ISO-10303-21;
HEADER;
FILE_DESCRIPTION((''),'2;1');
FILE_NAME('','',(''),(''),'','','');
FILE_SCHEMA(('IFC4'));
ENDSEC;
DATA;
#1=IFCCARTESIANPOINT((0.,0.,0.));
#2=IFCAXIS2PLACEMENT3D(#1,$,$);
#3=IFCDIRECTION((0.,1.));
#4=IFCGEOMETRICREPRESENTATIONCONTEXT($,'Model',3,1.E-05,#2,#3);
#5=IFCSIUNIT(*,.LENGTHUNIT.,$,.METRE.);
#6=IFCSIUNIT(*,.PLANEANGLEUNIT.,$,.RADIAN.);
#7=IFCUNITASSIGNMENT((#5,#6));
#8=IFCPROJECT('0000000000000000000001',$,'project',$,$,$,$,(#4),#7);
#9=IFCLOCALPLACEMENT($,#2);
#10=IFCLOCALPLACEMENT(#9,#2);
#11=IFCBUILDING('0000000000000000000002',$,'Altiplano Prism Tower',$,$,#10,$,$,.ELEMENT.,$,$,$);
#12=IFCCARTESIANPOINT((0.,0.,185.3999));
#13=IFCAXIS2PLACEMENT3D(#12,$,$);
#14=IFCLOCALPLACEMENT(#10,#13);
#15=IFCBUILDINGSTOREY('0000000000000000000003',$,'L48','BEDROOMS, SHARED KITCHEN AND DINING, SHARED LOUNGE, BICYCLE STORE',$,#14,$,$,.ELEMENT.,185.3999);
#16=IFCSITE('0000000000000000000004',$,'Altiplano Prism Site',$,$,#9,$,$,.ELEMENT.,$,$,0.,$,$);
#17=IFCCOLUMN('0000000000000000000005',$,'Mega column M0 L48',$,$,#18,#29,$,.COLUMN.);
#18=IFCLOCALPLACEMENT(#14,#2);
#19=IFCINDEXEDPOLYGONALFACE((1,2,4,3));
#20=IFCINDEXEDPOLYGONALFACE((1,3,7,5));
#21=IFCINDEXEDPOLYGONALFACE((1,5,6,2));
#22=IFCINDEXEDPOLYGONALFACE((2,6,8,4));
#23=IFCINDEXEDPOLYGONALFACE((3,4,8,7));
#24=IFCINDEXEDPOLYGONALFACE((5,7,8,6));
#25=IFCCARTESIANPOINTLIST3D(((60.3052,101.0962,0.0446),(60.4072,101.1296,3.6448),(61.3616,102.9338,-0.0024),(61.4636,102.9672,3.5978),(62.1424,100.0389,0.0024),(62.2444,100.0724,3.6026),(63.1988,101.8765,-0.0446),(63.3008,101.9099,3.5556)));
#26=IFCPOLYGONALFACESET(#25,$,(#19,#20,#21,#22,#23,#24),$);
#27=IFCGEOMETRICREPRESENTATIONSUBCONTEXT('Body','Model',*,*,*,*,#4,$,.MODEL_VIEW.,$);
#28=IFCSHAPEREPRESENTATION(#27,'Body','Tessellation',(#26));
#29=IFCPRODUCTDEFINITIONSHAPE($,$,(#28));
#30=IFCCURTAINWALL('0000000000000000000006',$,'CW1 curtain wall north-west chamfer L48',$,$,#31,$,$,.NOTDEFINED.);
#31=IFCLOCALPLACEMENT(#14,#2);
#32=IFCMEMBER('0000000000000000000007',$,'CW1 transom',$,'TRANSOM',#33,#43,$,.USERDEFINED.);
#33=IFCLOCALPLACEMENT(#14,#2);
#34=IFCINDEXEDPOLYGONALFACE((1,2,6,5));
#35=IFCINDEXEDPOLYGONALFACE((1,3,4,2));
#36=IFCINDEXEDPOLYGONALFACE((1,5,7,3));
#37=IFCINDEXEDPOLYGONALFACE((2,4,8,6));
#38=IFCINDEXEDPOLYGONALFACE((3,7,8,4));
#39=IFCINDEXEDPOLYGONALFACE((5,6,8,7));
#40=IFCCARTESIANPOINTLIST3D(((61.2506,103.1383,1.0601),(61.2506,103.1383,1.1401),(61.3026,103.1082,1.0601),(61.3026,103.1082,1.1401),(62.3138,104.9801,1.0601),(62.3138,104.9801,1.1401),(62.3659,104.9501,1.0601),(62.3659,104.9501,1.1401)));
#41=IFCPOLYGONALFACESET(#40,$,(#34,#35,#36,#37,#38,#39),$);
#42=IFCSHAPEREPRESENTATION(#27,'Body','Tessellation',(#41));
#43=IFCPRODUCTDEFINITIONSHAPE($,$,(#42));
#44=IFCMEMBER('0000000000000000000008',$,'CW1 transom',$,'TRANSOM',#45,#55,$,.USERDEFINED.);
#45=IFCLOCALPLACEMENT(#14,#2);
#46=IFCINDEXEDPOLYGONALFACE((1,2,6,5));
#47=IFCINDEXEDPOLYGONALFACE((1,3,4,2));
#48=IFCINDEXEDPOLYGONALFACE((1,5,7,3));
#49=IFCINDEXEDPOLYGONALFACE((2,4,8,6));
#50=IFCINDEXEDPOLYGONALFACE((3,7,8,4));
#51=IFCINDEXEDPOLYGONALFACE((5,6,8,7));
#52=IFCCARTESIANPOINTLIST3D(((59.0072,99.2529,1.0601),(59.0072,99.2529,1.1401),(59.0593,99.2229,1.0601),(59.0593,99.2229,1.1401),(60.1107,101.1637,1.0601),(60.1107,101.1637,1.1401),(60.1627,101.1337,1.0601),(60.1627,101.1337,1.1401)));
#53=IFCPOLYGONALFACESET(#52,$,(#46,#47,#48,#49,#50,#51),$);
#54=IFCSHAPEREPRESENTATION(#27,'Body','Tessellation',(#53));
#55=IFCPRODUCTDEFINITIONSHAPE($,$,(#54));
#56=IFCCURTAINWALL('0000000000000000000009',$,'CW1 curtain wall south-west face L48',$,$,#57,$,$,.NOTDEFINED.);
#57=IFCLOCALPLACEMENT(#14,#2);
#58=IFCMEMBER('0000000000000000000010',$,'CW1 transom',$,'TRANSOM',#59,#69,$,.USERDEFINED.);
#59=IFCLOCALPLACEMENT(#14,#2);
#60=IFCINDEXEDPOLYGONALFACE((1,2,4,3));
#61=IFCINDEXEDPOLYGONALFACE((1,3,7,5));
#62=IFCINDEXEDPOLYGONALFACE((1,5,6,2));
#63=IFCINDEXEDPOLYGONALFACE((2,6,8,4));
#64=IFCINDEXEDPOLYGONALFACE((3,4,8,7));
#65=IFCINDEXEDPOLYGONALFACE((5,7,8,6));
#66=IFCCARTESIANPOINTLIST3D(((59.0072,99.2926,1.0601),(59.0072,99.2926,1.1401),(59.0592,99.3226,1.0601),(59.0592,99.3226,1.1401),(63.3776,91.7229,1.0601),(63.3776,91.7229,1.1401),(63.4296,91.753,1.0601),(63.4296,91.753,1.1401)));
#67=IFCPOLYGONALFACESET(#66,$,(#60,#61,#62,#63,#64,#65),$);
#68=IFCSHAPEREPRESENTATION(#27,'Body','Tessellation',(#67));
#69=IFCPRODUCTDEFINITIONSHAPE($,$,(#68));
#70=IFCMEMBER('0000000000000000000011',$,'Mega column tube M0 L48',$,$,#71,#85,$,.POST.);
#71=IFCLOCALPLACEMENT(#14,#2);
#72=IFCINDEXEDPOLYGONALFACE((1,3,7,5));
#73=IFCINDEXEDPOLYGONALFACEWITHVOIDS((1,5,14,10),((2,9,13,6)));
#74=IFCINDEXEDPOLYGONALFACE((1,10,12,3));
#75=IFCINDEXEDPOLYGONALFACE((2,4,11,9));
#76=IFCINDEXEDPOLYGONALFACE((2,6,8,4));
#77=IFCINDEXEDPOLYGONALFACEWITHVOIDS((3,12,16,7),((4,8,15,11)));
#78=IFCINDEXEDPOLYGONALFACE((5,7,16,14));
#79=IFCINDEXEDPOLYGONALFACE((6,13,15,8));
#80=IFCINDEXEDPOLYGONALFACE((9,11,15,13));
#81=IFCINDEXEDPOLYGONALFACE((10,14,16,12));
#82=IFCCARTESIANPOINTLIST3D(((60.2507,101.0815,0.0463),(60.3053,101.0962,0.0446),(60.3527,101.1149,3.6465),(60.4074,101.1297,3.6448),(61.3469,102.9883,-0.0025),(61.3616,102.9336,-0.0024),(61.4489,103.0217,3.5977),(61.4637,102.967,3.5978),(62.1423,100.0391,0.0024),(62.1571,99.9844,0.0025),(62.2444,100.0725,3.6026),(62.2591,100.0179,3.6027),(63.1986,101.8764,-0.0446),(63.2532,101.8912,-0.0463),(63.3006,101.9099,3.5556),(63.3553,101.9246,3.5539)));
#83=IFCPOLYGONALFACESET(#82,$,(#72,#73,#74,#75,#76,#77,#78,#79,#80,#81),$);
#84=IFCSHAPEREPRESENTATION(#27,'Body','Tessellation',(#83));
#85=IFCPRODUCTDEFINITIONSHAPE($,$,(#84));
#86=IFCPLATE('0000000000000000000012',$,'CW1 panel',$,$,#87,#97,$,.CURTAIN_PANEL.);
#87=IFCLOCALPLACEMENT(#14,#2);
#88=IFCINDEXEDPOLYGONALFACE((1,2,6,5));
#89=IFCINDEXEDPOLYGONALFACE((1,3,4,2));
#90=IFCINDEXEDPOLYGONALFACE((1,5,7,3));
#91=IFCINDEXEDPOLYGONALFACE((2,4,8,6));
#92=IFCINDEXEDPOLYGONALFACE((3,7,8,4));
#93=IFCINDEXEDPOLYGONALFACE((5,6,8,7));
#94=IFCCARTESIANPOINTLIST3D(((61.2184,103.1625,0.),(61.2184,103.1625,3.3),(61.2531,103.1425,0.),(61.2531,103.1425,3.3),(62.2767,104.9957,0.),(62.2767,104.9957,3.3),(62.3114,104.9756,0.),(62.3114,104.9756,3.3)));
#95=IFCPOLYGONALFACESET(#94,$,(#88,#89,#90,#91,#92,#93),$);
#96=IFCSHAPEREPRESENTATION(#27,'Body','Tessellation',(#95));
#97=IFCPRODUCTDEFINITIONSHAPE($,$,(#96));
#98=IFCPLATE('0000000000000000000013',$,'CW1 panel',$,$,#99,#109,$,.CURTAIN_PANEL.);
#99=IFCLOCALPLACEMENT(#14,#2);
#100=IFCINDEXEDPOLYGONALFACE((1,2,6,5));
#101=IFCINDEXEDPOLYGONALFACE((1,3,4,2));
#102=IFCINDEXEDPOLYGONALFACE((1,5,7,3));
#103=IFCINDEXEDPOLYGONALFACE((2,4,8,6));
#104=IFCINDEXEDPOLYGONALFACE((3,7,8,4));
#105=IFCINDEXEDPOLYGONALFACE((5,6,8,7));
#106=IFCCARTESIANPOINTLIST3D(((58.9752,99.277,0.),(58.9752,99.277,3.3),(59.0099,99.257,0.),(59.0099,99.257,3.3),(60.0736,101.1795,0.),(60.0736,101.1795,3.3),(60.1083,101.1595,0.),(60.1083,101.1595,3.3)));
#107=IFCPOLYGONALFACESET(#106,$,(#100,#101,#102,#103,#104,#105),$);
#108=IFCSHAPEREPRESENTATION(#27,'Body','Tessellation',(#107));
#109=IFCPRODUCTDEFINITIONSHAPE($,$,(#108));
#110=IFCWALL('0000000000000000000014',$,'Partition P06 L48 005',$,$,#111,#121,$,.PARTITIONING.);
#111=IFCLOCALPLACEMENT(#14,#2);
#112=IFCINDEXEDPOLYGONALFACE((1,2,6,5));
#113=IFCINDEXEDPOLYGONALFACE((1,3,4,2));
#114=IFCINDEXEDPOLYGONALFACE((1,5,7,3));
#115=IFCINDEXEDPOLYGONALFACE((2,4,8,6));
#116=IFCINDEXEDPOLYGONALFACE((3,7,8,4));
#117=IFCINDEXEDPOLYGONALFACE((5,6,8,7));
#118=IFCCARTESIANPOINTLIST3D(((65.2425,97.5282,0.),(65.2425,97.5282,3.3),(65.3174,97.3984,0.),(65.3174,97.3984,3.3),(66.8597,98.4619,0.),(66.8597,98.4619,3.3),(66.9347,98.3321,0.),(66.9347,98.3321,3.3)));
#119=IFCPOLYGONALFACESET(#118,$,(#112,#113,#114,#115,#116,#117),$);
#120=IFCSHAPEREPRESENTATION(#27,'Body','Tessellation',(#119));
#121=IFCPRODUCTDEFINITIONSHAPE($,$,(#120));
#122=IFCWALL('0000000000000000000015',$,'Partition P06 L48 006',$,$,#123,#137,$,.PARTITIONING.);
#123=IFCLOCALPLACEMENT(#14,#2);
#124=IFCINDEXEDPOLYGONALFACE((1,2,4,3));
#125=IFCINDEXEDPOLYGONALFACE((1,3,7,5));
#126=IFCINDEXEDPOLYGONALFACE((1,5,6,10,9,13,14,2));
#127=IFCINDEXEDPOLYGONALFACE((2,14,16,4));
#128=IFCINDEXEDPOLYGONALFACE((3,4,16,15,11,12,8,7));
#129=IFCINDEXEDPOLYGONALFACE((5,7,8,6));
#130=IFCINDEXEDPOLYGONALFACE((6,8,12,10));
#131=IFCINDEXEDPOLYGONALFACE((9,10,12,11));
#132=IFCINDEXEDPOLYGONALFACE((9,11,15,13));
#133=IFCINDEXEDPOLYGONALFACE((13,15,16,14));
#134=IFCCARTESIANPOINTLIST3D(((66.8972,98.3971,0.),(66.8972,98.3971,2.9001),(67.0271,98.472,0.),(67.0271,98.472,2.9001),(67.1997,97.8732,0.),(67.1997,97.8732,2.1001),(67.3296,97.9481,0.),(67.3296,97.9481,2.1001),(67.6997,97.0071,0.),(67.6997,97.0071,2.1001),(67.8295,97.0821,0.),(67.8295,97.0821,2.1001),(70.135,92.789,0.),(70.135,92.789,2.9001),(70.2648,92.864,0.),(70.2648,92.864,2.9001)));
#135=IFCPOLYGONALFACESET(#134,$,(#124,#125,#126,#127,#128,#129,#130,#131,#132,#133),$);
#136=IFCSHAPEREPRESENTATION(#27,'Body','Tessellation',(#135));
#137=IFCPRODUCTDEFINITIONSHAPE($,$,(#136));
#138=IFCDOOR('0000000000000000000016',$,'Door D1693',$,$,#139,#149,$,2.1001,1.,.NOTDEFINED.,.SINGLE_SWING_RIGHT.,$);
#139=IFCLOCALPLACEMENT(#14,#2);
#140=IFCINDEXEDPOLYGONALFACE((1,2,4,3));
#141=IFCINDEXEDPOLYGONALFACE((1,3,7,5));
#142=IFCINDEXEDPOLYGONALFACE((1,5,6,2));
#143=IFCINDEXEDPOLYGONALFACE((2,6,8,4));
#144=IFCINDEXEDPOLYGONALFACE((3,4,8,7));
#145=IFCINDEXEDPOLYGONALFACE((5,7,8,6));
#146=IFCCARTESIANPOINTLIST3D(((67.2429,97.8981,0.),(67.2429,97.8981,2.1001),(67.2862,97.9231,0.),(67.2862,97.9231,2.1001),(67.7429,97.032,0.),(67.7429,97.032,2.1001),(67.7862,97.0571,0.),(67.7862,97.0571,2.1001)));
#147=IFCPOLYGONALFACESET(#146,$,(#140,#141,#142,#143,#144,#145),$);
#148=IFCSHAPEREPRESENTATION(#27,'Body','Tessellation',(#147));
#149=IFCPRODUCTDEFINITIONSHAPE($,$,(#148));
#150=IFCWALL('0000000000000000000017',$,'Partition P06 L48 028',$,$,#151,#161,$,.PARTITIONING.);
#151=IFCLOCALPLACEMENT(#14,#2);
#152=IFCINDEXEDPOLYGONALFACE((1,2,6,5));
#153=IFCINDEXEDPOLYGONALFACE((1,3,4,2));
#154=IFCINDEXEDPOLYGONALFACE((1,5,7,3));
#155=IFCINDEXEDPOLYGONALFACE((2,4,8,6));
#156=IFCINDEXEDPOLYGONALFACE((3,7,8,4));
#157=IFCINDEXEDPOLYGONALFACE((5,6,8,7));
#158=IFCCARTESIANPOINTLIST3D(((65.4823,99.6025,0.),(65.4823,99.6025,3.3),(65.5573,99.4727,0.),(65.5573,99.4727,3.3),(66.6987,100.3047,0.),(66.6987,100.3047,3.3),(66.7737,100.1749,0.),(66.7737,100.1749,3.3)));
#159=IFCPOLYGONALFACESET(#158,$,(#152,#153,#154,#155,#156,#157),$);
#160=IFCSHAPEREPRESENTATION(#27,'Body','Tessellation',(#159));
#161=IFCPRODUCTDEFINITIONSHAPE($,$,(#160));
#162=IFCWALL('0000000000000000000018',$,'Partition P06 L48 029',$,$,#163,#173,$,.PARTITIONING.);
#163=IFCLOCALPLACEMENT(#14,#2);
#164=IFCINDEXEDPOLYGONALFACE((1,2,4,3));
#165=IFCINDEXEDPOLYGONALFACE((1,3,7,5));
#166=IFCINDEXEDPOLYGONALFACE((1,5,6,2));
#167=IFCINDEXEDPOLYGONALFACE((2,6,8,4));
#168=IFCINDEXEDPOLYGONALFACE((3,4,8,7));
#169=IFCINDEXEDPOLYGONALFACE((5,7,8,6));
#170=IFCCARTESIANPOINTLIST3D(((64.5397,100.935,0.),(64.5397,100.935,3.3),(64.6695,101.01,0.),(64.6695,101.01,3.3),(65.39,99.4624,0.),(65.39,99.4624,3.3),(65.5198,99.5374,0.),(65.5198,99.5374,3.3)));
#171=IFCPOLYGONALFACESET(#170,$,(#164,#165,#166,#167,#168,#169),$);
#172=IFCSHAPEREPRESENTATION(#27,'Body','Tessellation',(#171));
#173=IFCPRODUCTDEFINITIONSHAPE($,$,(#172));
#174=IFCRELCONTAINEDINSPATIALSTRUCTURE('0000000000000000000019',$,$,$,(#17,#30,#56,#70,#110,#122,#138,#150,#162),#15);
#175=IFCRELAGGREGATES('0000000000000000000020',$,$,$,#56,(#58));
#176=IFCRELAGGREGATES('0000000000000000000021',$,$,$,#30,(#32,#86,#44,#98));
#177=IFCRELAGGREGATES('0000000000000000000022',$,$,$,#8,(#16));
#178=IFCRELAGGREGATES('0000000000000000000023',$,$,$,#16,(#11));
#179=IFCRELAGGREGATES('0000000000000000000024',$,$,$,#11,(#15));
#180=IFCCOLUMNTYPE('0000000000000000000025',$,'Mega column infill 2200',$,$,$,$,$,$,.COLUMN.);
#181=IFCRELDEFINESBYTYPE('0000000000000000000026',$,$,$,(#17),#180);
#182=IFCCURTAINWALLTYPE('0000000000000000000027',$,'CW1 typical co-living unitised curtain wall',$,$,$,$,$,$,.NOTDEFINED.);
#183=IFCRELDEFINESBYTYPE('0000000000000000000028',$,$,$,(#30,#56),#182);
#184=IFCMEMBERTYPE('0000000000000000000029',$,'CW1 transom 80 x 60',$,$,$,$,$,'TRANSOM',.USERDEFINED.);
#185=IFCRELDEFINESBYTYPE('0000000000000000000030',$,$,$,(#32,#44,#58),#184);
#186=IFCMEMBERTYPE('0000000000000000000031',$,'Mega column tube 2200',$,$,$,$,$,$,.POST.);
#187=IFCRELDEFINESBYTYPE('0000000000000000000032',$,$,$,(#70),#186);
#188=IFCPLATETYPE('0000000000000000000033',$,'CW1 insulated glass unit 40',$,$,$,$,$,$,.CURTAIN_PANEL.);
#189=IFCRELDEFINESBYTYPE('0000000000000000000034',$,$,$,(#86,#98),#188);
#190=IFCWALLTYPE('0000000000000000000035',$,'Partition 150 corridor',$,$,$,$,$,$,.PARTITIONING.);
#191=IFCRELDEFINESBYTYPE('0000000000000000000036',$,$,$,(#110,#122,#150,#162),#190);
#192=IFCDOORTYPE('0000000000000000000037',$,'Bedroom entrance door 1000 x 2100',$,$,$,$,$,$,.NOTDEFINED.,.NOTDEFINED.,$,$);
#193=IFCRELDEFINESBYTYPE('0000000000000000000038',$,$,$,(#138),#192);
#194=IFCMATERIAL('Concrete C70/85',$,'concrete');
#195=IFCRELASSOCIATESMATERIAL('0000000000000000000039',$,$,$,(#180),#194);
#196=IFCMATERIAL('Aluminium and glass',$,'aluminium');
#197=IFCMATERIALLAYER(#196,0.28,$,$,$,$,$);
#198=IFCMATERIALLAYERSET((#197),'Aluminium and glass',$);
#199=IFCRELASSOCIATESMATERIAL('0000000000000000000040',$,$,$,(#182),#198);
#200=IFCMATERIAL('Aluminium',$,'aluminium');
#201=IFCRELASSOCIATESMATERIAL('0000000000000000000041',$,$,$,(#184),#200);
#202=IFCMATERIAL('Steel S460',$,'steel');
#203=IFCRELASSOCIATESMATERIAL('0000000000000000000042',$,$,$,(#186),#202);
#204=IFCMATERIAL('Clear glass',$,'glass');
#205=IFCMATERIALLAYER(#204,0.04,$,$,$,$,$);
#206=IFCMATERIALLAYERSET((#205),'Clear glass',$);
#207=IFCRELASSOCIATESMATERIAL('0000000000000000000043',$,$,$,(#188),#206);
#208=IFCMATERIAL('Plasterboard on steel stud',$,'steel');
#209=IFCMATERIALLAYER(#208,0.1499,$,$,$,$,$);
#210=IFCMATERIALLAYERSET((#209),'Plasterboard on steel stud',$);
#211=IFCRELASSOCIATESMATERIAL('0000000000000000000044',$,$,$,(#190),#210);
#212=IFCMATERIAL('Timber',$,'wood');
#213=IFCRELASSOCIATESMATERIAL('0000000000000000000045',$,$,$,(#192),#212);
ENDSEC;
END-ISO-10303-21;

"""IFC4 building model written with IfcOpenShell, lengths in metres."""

from ifc_helpers import new_model, si_unit, direction, frame, frame_2d, origin, origin_2d, place, context, subcontext, project, spatial, rectangle, hollow_rectangle, extrude, material, layer, layer_set, material_profile, profile_set, type_object, element, fill, aggregate, save


model = new_model("IFC4")

# Units and contexts
model_context = context("Model", 3, precision=1e-05, world=origin(), true_north=direction((0.0, 1.0)))
body_context = subcontext(model_context, "Body", "Model", "MODEL_VIEW")
ifc_project = project(units=[si_unit("LENGTHUNIT", "METRE"), si_unit("PLANEANGLEUNIT", "RADIAN")], contexts=[model_context])

# Site, building, storey
site_placement = place(None, origin())
site = spatial("IfcSite", under=ifc_project, at=site_placement, Name="Altiplano Prism Site", CompositionType="ELEMENT", RefElevation=0.0)
building_placement = place(site_placement, origin())
building = spatial("IfcBuilding", under=site, at=building_placement, Name="Altiplano Prism Tower", CompositionType="ELEMENT")
storey_placement = place(building_placement, frame((0.0, 0.0, 185.3999)))
storey = spatial("IfcBuildingStorey", under=building, at=storey_placement, Name="L48", Description="BEDROOMS, SHARED KITCHEN AND DINING, SHARED LOUNGE, BICYCLE STORE", CompositionType="ELEMENT", Elevation=185.3999)

# Column
ifc_material_1 = material(Name="Concrete C70/85", Category="concrete")
ifc_material_profile_1 = material_profile(ifc_material_1, rectangle(XDim=2.1201, YDim=2.1201, at=origin_2d()), Name="Mega column infill 2200")
ifc_profile_set_1 = profile_set([ifc_material_profile_1], Name="Concrete C70/85")
column_type = type_object("IfcColumnType", Name="Mega column infill 2200", PredefinedType="COLUMN", material=ifc_profile_set_1)
column_placement = place(storey_placement, frame((61.752, 101.4863, 0.0), z_axis=(0.028334, 0.009287, 0.999555), x_axis=(-0.866556, 0.498682, 0.019931)))
element("IfcColumn", 1, at=column_placement, inside=storey, type_object=column_type, Name="Mega column M0 L48", PredefinedType="COLUMN", context=body_context, shape_type="SweptSolid", body=[
    extrude(rectangle(XDim=2.1201, YDim=2.1201, at=origin_2d()), origin(), (0.0, 0.0, 1.0), 3.6018),
])

# Curtain wall, members
ifc_material_2 = material(Name="Aluminium and glass", Category="aluminium")
ifc_layer_1 = layer(ifc_material_2, 0.28)
ifc_layer_set_1 = layer_set([ifc_layer_1], Name="Aluminium and glass")
curtain_wall_type = type_object("IfcCurtainWallType", Name="CW1 typical co-living unitised curtain wall", PredefinedType="NOTDEFINED", material=ifc_layer_set_1)
curtain_wall_1_placement = place(storey_placement, origin())
curtain_wall_1 = element("IfcCurtainWall", 2, at=curtain_wall_1_placement, inside=storey, type_object=curtain_wall_type, Name="CW1 curtain wall north-west chamfer L48", PredefinedType="NOTDEFINED")
ifc_material_3 = material(Name="Aluminium", Category="aluminium")
ifc_material_profile_2 = material_profile(ifc_material_3, rectangle(XDim=0.0601, YDim=0.0801, at=origin_2d()), Name="CW1 transom 80 x 60")
ifc_profile_set_2 = profile_set([ifc_material_profile_2], Name="Aluminium")
member_type_1 = type_object("IfcMemberType", Name="CW1 transom 80 x 60", ElementType="TRANSOM", PredefinedType="USERDEFINED", material=ifc_profile_set_2)
member_1_placement = place(storey_placement, frame((62.3398, 104.9651, 1.1001), z_axis=(-0.499954, -0.866052, 0.0), x_axis=(0.866052, -0.499954, 0.0)))
member_1 = element("IfcMember", 3, at=member_1_placement, type_object=member_type_1, Name="CW1 transom", ObjectType="TRANSOM", PredefinedType="USERDEFINED", context=body_context, shape_type="SweptSolid", body=[
    extrude(rectangle(XDim=0.0601, YDim=0.0801, at=origin_2d()), origin(), (0.0, 0.0, 1.0), 2.1267),
])
member_2_placement = place(storey_placement, frame((60.1367, 101.1487, 1.1001), z_axis=(-0.50009, -0.865974, 0.0), x_axis=(0.865974, -0.50009, 0.0)))
member_2 = element("IfcMember", 4, at=member_2_placement, type_object=member_type_1, Name="CW1 transom", ObjectType="TRANSOM", PredefinedType="USERDEFINED", context=body_context, shape_type="SweptSolid", body=[
    extrude(rectangle(XDim=0.0601, YDim=0.0801, at=origin_2d()), origin(), (0.0, 0.0, 1.0), 2.2065),
])

# Curtain wall, member
curtain_wall_2_placement = place(storey_placement, origin())
curtain_wall_2 = element("IfcCurtainWall", 5, at=curtain_wall_2_placement, inside=storey, type_object=curtain_wall_type, Name="CW1 curtain wall south-west face L48", PredefinedType="NOTDEFINED")
member_3_placement = place(storey_placement, frame((59.0332, 99.3076, 1.1001), z_axis=(0.500005, -0.866022, 0.0), x_axis=(0.866022, 0.500005, 0.0)))
member_3 = element("IfcMember", 6, at=member_3_placement, type_object=member_type_1, Name="CW1 transom", ObjectType="TRANSOM", PredefinedType="USERDEFINED", context=body_context, shape_type="SweptSolid", body=[
    extrude(rectangle(XDim=0.0601, YDim=0.0801, at=origin_2d()), origin(), (0.0, 0.0, 1.0), 8.7407),
])
aggregate(curtain_wall_2, [member_3])

# Member
ifc_material_4 = material(Name="Steel S460", Category="steel")
ifc_material_profile_3 = material_profile(ifc_material_4, hollow_rectangle(XDim=2.2, YDim=2.2, WallThickness=0.04, at=origin_2d()), Name="Mega column tube 2200")
ifc_profile_set_3 = profile_set([ifc_material_profile_3], Name="Steel S460")
member_type_2 = type_object("IfcMemberType", Name="Mega column tube 2200", PredefinedType="POST", material=ifc_profile_set_3)
member_4_placement = place(storey_placement, frame((61.752, 101.4863, 0.0), z_axis=(0.028334, 0.009287, 0.999555), x_axis=(-0.866556, 0.498682, 0.019931)))
element("IfcMember", 7, at=member_4_placement, inside=storey, type_object=member_type_2, Name="Mega column tube M0 L48", PredefinedType="POST", context=body_context, shape_type="SweptSolid", body=[
    extrude(hollow_rectangle(XDim=2.2, YDim=2.2, WallThickness=0.04, at=origin_2d()), origin(), (0.0, 0.0, 1.0), 3.6018),
])

# Plates
ifc_material_5 = material(Name="Clear glass", Category="glass")
ifc_layer_2 = layer(ifc_material_5, 0.04)
ifc_layer_set_2 = layer_set([ifc_layer_2], Name="Clear glass")
plate_type = type_object("IfcPlateType", Name="CW1 insulated glass unit 40", PredefinedType="CURTAIN_PANEL", material=ifc_layer_set_2)
plate_1_placement = place(storey_placement, frame((61.7649, 104.0691, 0.0), z_axis=(0.0, 0.0, 1.0), x_axis=(-0.5, -0.866025, 0.0)))
plate_1 = element("IfcPlate", 8, at=plate_1_placement, type_object=plate_type, Name="CW1 panel", PredefinedType="CURTAIN_PANEL", context=body_context, shape_type="SweptSolid", body=[
    extrude(rectangle(XDim=2.1167, YDim=0.04, at=origin_2d()), origin(), (0.0, 0.0, 1.0), 3.3),
])
plate_2_placement = place(storey_placement, frame((59.5417, 100.2183, 0.0), z_axis=(0.0, 0.0, 1.0), x_axis=(-0.5, -0.866025, 0.0)))
plate_2 = element("IfcPlate", 9, at=plate_2_placement, type_object=plate_type, Name="CW1 panel", PredefinedType="CURTAIN_PANEL", context=body_context, shape_type="SweptSolid", body=[
    extrude(rectangle(XDim=2.1968, YDim=0.04, at=origin_2d()), origin(), (0.0, 0.0, 1.0), 3.3),
])
aggregate(curtain_wall_1, [member_1, plate_1, member_2, plate_2])

# Wall
ifc_material_6 = material(Name="Plasterboard on steel stud", Category="steel")
ifc_layer_3 = layer(ifc_material_6, 0.1499)
ifc_layer_set_3 = layer_set([ifc_layer_3], Name="Plasterboard on steel stud")
wall_type_1 = type_object("IfcWallType", Name="Partition 150 corridor", PredefinedType="PARTITIONING", material=ifc_layer_set_3)
wall_1_placement = place(storey_placement, frame((65.28, 97.4634, 0.0), z_axis=(0.0, 0.0, 1.0), x_axis=(0.866046, 0.499964, 0.0)))
element("IfcWall", 10, at=wall_1_placement, inside=storey, type_object=wall_type_1, Name="Partition P06 L48 005", PredefinedType="PARTITIONING", context=body_context, shape_type="SweptSolid", body=[
    extrude(rectangle(XDim=1.8674, YDim=0.1499, at=frame_2d((0.9336, 0.0))), origin(), (0.0, 0.0, 1.0), 3.3),
])

# Wall, opening, door
wall_2_placement = place(storey_placement, frame((66.9622, 98.4346, 0.0), z_axis=(0.0, 0.0, 1.0), x_axis=(0.499991, -0.866031, 0.0)))
wall_2 = element("IfcWall", 11, at=wall_2_placement, inside=storey, type_object=wall_type_1, Name="Partition P06 L48 006", PredefinedType="PARTITIONING", context=body_context, shape_type="SweptSolid", body=[
    extrude(rectangle(XDim=6.4756, YDim=0.1499, at=frame_2d((3.2378, 0.0))), origin(), (0.0, 0.0, 1.0), 2.9001),
])
opening_1_placement = place(wall_2_placement, frame((0.605, 0.0, 0.0)))
opening_1 = element("IfcOpeningElement", 12, at=opening_1_placement, cuts=wall_2, PredefinedType="OPENING", context=body_context, shape_type="SweptSolid", body=[
    extrude(rectangle(XDim=1.0, YDim=2.1001, at=frame_2d((0.5, 1.05))), frame((0.0, 0.0854, 0.0), z_axis=(0.0, -1.0, 0.0), x_axis=(1.0, 0.0, 0.0)), (0.0, 0.0, 1.0), 0.1709),
])
ifc_material_7 = material(Name="Timber", Category="wood")
door_type_1 = type_object("IfcDoorType", Name="Bedroom entrance door 1000 x 2100", OperationType="NOTDEFINED", PredefinedType="NOTDEFINED", material=ifc_material_7)
door_1_placement = place(opening_1_placement, origin())
door_1 = element("IfcDoor", 13, at=door_1_placement, inside=storey, type_object=door_type_1, Name="Door D1693", OperationType="SINGLE_SWING_RIGHT", OverallHeight=2.1001, OverallWidth=1.0, PredefinedType="NOTDEFINED", context=body_context, shape_type="SweptSolid", body=[
    extrude(rectangle(XDim=1.0, YDim=2.1001, at=frame_2d((0.5, 1.05))), frame((0.0, 0.0249, 0.0), z_axis=(0.0, -1.0, 0.0), x_axis=(1.0, 0.0, 0.0)), (0.0, 0.0, 1.0), 0.05),
])
fill(opening_1, door_1)

# Walls
wall_3_placement = place(storey_placement, frame((66.7361, 100.2397, 0.0), z_axis=(0.0, 0.0, 1.0), x_axis=(-0.866052, -0.499953, 0.0)))
element("IfcWall", 14, at=wall_3_placement, inside=storey, type_object=wall_type_1, Name="Partition P06 L48 028", PredefinedType="PARTITIONING", context=body_context, shape_type="SweptSolid", body=[
    extrude(rectangle(XDim=1.4045, YDim=0.1499, at=frame_2d((0.7021, 0.0))), origin(), (0.0, 0.0, 1.0), 3.3),
])
wall_4_placement = place(storey_placement, frame((65.4548, 99.5, 0.0), z_axis=(0.0, 0.0, 1.0), x_axis=(-0.500046, 0.865999, 0.0)))
element("IfcWall", 15, at=wall_4_placement, inside=storey, type_object=wall_type_1, Name="Partition P06 L48 029", PredefinedType="PARTITIONING", context=body_context, shape_type="SweptSolid", body=[
    extrude(rectangle(XDim=1.7004, YDim=0.1499, at=frame_2d((0.8501, 0.0))), origin(), (0.0, 0.0, 1.0), 3.3),
])

save(model, "model.ifc")
